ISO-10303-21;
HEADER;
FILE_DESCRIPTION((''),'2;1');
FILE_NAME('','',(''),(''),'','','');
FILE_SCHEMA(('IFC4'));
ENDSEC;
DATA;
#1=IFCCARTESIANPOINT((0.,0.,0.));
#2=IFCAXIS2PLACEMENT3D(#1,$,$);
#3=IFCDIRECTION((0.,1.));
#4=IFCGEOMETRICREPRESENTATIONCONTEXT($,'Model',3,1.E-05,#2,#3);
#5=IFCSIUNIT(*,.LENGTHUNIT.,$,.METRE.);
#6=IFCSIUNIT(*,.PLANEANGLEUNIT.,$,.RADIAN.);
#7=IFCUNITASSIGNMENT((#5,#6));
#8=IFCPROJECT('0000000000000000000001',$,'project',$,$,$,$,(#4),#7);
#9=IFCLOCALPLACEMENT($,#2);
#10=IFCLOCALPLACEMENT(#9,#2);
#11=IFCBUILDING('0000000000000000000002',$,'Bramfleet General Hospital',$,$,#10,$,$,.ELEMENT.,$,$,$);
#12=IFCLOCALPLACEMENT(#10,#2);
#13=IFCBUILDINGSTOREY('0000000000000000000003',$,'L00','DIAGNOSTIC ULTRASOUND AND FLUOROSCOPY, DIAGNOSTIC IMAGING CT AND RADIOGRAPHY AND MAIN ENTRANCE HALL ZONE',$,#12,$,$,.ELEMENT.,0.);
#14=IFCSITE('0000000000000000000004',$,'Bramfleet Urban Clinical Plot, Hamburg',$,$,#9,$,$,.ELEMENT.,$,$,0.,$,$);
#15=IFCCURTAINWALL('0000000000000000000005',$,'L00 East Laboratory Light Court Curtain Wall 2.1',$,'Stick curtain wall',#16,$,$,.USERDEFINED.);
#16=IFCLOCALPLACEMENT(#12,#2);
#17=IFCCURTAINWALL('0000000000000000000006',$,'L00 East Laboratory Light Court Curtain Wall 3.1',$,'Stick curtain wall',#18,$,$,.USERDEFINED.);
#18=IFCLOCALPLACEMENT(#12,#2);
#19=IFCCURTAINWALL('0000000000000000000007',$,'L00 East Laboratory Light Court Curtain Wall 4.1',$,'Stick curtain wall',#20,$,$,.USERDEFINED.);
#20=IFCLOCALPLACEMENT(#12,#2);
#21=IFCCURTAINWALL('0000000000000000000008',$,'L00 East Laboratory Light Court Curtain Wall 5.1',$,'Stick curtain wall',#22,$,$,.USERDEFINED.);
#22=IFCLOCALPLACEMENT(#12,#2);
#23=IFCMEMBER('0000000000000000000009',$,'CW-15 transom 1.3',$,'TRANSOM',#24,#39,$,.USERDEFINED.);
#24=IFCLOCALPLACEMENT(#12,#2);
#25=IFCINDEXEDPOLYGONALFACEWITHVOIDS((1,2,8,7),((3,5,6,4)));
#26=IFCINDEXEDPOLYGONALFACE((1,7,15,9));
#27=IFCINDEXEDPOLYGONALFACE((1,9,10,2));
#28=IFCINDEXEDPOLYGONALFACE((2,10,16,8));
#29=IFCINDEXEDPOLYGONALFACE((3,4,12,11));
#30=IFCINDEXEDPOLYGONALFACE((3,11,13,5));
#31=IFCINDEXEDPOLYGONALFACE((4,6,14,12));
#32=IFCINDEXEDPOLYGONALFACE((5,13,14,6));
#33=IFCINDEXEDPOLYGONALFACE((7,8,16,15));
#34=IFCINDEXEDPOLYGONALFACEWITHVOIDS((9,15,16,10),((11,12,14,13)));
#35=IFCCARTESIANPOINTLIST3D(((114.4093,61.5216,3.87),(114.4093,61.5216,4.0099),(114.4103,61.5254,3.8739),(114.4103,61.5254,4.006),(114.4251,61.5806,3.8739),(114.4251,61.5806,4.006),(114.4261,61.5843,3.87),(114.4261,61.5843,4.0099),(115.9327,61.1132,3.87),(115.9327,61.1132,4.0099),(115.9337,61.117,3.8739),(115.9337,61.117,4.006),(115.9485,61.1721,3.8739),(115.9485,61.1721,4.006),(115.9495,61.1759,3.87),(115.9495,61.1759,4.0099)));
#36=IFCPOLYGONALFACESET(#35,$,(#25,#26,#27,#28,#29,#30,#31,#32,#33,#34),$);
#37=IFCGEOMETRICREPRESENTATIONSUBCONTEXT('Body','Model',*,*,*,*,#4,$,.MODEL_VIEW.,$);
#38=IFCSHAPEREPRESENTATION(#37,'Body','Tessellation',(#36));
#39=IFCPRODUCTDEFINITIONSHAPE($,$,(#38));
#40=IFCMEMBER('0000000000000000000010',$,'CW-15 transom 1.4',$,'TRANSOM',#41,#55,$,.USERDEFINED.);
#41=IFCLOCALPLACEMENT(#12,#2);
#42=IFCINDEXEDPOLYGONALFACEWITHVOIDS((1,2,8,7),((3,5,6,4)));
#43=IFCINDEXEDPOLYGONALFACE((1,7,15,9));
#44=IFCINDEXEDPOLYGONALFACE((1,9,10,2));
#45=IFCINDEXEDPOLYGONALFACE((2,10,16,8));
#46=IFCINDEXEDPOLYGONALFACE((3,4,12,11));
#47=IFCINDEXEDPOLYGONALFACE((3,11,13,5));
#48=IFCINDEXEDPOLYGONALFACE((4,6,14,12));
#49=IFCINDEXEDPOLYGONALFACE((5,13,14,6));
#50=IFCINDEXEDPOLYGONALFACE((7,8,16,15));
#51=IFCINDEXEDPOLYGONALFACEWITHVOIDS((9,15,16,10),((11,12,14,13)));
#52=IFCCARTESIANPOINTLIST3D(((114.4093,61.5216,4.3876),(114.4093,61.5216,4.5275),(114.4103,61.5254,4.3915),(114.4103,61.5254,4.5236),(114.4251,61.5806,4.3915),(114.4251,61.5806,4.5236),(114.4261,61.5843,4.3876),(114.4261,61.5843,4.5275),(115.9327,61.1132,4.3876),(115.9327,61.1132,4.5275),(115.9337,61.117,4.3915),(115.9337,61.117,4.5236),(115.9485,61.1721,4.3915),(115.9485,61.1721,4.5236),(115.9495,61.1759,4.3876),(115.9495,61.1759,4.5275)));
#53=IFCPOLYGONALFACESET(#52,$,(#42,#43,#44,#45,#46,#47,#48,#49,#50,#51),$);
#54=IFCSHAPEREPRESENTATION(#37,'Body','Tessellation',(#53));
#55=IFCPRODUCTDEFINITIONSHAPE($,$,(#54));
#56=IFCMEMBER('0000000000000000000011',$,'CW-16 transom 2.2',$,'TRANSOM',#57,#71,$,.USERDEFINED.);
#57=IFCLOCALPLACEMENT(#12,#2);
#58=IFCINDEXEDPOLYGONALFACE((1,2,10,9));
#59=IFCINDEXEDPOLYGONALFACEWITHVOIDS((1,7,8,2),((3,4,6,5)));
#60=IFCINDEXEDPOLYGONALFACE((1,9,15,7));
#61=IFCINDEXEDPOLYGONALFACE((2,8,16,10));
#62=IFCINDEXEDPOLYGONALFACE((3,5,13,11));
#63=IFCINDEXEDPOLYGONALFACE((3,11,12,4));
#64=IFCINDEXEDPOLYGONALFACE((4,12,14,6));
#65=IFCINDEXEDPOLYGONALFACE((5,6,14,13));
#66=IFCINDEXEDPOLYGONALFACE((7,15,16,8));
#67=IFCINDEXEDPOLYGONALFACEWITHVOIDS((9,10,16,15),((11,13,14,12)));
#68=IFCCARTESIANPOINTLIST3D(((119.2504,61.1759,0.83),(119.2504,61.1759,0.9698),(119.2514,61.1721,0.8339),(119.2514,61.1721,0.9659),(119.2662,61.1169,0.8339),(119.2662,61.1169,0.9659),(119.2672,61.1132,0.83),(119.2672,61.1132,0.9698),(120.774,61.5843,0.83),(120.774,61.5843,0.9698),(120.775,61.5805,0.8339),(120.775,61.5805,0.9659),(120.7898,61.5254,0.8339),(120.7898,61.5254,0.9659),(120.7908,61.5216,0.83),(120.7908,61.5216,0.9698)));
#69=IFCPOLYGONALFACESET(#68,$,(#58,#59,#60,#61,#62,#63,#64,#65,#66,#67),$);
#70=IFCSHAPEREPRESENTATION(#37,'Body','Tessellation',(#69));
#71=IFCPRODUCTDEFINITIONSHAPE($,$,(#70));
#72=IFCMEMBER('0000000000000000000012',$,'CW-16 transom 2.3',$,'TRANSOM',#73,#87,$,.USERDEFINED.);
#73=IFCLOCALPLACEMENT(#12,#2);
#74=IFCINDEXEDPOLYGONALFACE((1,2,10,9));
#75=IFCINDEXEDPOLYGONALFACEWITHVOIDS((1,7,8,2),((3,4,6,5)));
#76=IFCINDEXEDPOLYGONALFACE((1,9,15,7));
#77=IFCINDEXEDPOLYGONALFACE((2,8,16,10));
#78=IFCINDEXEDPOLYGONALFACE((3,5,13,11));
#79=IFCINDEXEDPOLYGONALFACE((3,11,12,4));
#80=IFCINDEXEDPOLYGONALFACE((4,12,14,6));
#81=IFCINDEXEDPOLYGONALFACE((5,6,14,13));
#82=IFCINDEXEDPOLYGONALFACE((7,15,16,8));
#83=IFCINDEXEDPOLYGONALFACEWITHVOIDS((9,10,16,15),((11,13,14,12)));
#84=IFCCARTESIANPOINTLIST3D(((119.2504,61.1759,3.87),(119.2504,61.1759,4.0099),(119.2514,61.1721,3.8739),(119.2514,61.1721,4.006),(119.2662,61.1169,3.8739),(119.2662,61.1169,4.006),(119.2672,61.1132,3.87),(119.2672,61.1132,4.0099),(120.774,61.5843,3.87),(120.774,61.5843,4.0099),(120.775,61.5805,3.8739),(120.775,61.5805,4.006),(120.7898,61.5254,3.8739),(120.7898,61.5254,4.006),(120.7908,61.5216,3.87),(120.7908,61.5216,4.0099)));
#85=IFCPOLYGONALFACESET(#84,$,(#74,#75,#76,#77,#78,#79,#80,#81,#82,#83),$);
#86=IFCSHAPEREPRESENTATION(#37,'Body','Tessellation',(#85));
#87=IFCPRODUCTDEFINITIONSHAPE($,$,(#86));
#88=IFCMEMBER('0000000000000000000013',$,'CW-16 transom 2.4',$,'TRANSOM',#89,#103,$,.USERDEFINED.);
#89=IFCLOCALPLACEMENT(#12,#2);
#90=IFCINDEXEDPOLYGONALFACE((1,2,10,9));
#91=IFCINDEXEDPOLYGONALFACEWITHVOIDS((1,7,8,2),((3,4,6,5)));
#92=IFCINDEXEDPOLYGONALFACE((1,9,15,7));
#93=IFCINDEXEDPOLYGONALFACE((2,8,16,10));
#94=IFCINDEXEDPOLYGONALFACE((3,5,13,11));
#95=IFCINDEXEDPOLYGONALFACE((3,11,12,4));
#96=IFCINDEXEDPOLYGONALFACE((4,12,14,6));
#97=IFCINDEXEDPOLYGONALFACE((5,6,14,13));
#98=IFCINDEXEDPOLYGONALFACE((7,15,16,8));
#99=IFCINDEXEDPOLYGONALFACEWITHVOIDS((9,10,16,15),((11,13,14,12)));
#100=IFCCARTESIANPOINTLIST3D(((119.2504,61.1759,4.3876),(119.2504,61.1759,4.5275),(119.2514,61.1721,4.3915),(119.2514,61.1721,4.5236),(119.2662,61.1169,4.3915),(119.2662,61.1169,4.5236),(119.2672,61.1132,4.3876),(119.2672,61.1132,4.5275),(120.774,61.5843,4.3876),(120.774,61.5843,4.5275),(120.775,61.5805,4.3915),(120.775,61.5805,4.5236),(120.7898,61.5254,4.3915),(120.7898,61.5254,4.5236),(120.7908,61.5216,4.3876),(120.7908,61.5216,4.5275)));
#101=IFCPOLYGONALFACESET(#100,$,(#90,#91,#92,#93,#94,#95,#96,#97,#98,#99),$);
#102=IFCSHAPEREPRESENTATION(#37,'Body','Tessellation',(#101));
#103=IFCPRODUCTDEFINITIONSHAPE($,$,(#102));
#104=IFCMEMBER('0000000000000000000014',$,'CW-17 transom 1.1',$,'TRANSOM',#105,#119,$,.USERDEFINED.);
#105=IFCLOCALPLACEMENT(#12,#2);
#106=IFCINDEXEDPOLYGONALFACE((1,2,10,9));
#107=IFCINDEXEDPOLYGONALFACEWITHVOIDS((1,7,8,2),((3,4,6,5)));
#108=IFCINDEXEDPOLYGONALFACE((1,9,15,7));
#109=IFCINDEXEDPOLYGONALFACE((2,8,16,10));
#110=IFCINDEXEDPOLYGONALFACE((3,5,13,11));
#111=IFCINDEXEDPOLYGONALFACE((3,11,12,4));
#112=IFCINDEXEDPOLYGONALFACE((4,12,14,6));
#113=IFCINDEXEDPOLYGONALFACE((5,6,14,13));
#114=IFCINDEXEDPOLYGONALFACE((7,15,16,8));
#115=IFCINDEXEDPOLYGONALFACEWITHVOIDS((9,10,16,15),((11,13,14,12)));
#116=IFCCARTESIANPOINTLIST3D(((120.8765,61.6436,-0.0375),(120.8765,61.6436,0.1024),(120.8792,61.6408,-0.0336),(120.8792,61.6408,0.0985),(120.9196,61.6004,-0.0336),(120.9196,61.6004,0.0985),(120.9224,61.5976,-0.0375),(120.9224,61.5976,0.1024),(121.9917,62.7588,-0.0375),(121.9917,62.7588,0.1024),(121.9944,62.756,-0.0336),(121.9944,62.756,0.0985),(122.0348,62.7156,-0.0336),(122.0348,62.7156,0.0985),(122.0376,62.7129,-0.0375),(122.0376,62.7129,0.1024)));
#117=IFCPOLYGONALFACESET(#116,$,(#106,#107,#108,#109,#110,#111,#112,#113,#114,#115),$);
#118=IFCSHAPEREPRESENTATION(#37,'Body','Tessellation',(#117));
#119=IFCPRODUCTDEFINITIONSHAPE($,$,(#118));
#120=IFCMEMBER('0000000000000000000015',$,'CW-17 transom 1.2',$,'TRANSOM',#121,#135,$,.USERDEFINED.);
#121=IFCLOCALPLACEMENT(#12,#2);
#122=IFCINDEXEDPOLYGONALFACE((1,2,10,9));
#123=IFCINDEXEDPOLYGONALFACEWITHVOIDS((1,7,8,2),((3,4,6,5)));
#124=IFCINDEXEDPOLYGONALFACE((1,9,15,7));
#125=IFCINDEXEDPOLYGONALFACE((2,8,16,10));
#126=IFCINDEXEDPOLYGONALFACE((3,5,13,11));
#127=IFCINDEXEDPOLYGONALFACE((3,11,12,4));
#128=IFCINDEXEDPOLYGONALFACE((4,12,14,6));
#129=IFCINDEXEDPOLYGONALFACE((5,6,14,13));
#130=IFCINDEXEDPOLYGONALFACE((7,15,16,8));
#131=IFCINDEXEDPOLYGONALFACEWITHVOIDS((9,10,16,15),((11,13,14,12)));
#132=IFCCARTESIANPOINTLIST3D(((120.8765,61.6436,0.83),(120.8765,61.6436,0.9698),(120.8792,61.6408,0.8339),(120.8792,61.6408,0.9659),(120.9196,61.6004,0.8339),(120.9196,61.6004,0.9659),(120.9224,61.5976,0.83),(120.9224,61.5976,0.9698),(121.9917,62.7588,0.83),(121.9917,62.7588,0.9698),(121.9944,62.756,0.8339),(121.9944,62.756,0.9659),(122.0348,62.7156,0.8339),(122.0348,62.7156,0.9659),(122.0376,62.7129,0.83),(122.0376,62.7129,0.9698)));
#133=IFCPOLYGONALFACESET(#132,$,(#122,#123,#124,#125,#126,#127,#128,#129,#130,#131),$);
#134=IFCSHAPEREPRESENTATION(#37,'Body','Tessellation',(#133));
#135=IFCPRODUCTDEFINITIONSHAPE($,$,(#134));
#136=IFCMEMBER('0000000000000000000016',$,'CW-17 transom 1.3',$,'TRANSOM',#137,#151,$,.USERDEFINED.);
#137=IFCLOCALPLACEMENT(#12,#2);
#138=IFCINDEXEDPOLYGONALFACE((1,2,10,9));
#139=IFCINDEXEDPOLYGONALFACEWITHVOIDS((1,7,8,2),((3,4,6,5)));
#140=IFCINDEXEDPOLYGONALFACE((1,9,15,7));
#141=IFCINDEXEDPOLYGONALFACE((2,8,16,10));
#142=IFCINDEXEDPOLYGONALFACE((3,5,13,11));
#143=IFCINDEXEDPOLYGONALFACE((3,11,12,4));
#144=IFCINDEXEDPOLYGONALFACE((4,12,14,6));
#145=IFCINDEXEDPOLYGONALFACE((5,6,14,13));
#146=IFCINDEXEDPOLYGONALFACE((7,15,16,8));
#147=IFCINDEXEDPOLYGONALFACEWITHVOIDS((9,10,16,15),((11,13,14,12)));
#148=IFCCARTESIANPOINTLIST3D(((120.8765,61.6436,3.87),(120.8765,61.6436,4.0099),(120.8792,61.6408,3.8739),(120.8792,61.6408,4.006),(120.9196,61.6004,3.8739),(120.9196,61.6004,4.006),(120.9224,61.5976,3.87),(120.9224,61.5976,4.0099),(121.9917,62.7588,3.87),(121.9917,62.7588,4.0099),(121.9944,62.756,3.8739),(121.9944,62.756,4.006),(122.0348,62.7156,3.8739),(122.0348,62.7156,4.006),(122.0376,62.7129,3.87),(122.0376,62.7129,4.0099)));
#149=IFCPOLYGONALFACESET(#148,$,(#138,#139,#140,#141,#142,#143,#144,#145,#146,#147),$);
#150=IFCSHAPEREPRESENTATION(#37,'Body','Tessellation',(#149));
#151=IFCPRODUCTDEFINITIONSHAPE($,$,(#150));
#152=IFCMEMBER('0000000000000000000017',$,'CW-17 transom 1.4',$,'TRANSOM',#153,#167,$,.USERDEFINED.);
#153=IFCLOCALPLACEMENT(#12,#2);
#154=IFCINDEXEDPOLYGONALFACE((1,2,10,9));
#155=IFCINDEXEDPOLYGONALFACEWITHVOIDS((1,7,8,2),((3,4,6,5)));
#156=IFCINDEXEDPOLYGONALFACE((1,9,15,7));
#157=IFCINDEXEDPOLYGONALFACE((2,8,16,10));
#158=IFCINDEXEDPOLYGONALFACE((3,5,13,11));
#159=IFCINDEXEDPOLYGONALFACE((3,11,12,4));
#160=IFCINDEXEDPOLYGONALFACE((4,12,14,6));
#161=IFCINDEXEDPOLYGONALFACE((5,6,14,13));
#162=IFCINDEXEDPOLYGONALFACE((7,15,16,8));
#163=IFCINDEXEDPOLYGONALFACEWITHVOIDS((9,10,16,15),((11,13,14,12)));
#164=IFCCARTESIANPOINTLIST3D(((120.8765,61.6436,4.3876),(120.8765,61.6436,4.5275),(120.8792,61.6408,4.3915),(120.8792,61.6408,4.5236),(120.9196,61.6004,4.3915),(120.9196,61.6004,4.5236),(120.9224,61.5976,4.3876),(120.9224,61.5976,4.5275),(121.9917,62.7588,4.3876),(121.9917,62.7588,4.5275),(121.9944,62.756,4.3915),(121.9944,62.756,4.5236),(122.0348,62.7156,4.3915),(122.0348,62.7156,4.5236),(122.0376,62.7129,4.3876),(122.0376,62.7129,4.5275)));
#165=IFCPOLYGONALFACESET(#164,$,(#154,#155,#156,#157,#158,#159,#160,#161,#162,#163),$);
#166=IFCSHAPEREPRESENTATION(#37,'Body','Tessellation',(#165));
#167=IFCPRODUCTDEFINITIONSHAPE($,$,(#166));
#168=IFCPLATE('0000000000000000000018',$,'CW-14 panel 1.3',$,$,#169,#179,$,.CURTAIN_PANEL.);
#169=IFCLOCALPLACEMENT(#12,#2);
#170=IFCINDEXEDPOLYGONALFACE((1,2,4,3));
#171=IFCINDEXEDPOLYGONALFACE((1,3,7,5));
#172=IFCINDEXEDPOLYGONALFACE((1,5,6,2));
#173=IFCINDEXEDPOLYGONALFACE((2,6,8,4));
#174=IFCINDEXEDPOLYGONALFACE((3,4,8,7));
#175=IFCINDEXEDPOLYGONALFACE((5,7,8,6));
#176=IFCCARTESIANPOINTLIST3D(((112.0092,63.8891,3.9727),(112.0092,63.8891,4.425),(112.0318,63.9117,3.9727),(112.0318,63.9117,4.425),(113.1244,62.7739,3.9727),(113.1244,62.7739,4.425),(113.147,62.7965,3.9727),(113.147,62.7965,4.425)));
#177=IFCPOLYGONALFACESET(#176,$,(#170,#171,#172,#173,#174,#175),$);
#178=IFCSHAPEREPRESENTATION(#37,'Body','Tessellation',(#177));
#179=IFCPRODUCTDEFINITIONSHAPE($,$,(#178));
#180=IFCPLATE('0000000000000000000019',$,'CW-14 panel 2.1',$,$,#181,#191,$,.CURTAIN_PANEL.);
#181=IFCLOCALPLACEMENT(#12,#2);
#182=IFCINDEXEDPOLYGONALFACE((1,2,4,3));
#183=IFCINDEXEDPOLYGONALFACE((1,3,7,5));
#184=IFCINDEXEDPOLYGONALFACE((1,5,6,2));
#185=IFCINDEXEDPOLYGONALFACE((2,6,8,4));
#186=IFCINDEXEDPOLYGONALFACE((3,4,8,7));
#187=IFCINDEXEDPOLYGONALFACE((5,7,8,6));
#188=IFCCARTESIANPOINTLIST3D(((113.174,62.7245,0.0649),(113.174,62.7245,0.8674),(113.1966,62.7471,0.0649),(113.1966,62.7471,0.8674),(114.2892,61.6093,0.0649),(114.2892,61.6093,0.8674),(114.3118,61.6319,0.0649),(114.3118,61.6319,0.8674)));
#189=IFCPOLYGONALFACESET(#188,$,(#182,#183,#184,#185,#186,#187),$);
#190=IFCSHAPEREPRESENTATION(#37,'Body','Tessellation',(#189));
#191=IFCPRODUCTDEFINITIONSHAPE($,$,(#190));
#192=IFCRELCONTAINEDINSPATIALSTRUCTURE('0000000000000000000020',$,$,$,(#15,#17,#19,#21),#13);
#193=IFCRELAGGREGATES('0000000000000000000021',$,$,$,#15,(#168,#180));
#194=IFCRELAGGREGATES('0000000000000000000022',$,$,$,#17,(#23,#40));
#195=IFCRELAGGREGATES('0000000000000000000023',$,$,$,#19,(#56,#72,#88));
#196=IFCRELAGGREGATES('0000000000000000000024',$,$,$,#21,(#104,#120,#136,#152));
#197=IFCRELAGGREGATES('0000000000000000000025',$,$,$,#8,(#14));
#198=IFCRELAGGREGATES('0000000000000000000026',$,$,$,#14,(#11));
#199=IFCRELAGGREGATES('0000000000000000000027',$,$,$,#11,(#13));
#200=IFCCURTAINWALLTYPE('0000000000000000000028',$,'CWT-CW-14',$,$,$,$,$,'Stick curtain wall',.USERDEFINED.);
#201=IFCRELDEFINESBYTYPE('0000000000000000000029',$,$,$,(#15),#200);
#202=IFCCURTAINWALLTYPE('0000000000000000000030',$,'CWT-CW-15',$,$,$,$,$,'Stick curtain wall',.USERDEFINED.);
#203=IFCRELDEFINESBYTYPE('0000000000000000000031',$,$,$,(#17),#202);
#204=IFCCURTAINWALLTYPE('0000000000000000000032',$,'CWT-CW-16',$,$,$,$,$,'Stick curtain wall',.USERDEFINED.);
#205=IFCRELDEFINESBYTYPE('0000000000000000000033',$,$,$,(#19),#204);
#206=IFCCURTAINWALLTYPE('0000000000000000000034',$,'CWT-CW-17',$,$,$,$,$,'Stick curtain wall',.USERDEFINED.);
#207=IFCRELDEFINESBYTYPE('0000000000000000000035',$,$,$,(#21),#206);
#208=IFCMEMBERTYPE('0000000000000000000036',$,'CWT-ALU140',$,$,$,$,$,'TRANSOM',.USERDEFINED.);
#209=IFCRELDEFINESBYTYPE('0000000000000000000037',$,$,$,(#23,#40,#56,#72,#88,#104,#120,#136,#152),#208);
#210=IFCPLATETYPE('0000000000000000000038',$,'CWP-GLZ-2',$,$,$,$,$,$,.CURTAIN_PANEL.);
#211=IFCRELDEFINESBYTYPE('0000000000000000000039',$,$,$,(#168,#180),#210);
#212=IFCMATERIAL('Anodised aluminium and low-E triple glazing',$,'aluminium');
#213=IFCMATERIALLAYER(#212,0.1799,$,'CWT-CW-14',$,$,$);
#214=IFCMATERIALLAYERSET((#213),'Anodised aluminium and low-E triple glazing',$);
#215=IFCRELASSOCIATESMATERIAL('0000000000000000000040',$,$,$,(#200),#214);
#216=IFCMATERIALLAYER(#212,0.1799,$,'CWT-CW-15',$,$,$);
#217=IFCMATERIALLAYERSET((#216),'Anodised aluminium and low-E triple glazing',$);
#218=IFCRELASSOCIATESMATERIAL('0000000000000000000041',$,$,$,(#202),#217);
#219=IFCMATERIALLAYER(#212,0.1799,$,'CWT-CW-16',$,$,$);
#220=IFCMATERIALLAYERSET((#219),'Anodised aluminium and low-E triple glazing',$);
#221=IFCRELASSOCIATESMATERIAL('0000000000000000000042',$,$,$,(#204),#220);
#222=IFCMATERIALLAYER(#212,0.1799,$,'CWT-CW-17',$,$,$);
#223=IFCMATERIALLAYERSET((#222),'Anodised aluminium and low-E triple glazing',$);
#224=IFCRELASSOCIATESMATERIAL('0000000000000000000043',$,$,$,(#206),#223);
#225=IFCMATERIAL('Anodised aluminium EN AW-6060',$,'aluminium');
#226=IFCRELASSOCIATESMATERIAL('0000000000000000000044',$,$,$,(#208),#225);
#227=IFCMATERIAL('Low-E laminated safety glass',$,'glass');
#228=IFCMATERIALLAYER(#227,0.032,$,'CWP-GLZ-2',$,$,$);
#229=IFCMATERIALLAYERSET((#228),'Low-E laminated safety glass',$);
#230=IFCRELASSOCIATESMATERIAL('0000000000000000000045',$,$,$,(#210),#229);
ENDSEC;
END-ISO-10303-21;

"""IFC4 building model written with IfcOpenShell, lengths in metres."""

from ifc_helpers import new_model, si_unit, direction, frame, origin, origin_2d, place, context, subcontext, project, spatial, rectangle, hollow_rectangle, extrude, material, layer, layer_set, material_profile, profile_set, type_object, element, aggregate, save


model = new_model("IFC4")

# Units and contexts
model_context = context("Model", 3, precision=1e-05, world=origin(), true_north=direction((0.0, 1.0)))
body_context = subcontext(model_context, "Body", "Model", "MODEL_VIEW")
ifc_project = project(units=[si_unit("LENGTHUNIT", "METRE"), si_unit("PLANEANGLEUNIT", "RADIAN")], contexts=[model_context])

# Site, building, storey
site_placement = place(None, origin())
site = spatial("IfcSite", under=ifc_project, at=site_placement, Name="Bramfleet Urban Clinical Plot, Hamburg", CompositionType="ELEMENT", RefElevation=0.0)
building_placement = place(site_placement, origin())
building = spatial("IfcBuilding", under=site, at=building_placement, Name="Bramfleet General Hospital", CompositionType="ELEMENT")
storey_placement = place(building_placement, origin())
storey = spatial("IfcBuildingStorey", under=building, at=storey_placement, Name="L00", Description="DIAGNOSTIC ULTRASOUND AND FLUOROSCOPY, DIAGNOSTIC IMAGING CT AND RADIOGRAPHY AND MAIN ENTRANCE HALL ZONE", CompositionType="ELEMENT", Elevation=0.0)

# Curtain wall
ifc_material_1 = material(Name="Anodised aluminium and low-E triple glazing", Category="aluminium")
ifc_layer_1 = layer(ifc_material_1, 0.1799, Name="CWT-CW-14")
ifc_layer_set_1 = layer_set([ifc_layer_1], Name="Anodised aluminium and low-E triple glazing")
curtain_wall_type_1 = type_object("IfcCurtainWallType", Name="CWT-CW-14", ElementType="Stick curtain wall", PredefinedType="USERDEFINED", material=ifc_layer_set_1)
curtain_wall_1_placement = place(storey_placement, origin())
curtain_wall_1 = element("IfcCurtainWall", 1, at=curtain_wall_1_placement, inside=storey, type_object=curtain_wall_type_1, Name="L00 East Laboratory Light Court Curtain Wall 2.1", ObjectType="Stick curtain wall", PredefinedType="USERDEFINED")
ifc_material_2 = material(Name="Anodised aluminium EN AW-6060", Category="aluminium")

# Curtain walls
ifc_layer_2 = layer(ifc_material_1, 0.1799, Name="CWT-CW-15")
ifc_layer_set_2 = layer_set([ifc_layer_2], Name="Anodised aluminium and low-E triple glazing")
curtain_wall_type_2 = type_object("IfcCurtainWallType", Name="CWT-CW-15", ElementType="Stick curtain wall", PredefinedType="USERDEFINED", material=ifc_layer_set_2)
curtain_wall_2_placement = place(storey_placement, origin())
curtain_wall_2 = element("IfcCurtainWall", 2, at=curtain_wall_2_placement, inside=storey, type_object=curtain_wall_type_2, Name="L00 East Laboratory Light Court Curtain Wall 3.1", ObjectType="Stick curtain wall", PredefinedType="USERDEFINED")
ifc_layer_3 = layer(ifc_material_1, 0.1799, Name="CWT-CW-16")
ifc_layer_set_3 = layer_set([ifc_layer_3], Name="Anodised aluminium and low-E triple glazing")
curtain_wall_type_3 = type_object("IfcCurtainWallType", Name="CWT-CW-16", ElementType="Stick curtain wall", PredefinedType="USERDEFINED", material=ifc_layer_set_3)
curtain_wall_3_placement = place(storey_placement, origin())
curtain_wall_3 = element("IfcCurtainWall", 3, at=curtain_wall_3_placement, inside=storey, type_object=curtain_wall_type_3, Name="L00 East Laboratory Light Court Curtain Wall 4.1", ObjectType="Stick curtain wall", PredefinedType="USERDEFINED")
ifc_layer_4 = layer(ifc_material_1, 0.1799, Name="CWT-CW-17")
ifc_layer_set_4 = layer_set([ifc_layer_4], Name="Anodised aluminium and low-E triple glazing")
curtain_wall_type_4 = type_object("IfcCurtainWallType", Name="CWT-CW-17", ElementType="Stick curtain wall", PredefinedType="USERDEFINED", material=ifc_layer_set_4)
curtain_wall_4_placement = place(storey_placement, origin())
curtain_wall_4 = element("IfcCurtainWall", 4, at=curtain_wall_4_placement, inside=storey, type_object=curtain_wall_type_4, Name="L00 East Laboratory Light Court Curtain Wall 5.1", ObjectType="Stick curtain wall", PredefinedType="USERDEFINED")

# Members
ifc_material_profile_1 = material_profile(ifc_material_2, hollow_rectangle(XDim=0.0649, YDim=0.1399, WallThickness=0.0039, at=origin_2d()), Name="ALU 140x65x4.0")
ifc_profile_set_1 = profile_set([ifc_material_profile_1], Name="Anodised aluminium EN AW-6060")
member_type_1 = type_object("IfcMemberType", Name="CWT-ALU140", ElementType="TRANSOM", PredefinedType="USERDEFINED", material=ifc_profile_set_1)
member_1_placement = place(storey_placement, frame((114.4177, 61.553, 3.9399), z_axis=(0.965887, -0.258963, 0.0), x_axis=(0.258963, 0.965887, 0.0)))
member_1 = element("IfcMember", 5, at=member_1_placement, type_object=member_type_1, Name="CW-15 transom 1.3", ObjectType="TRANSOM", PredefinedType="USERDEFINED", context=body_context, shape_type="SweptSolid", body=[
    extrude(hollow_rectangle(XDim=0.0649, YDim=0.1399, WallThickness=0.0039, at=origin_2d()), origin(), (0.0, 0.0, 1.0), 1.5771),
])
member_2_placement = place(storey_placement, frame((114.4177, 61.553, 4.4575), z_axis=(0.965887, -0.258963, 0.0), x_axis=(0.258963, 0.965887, 0.0)))
member_2 = element("IfcMember", 6, at=member_2_placement, type_object=member_type_1, Name="CW-15 transom 1.4", ObjectType="TRANSOM", PredefinedType="USERDEFINED", context=body_context, shape_type="SweptSolid", body=[
    extrude(hollow_rectangle(XDim=0.0649, YDim=0.1399, WallThickness=0.0039, at=origin_2d()), origin(), (0.0, 0.0, 1.0), 1.5771),
])
member_3_placement = place(storey_placement, frame((119.2588, 61.1445, 0.8999), z_axis=(0.965898, 0.258924, 0.0), x_axis=(-0.258924, 0.965898, 0.0)))
member_3 = element("IfcMember", 7, at=member_3_placement, type_object=member_type_1, Name="CW-16 transom 2.2", ObjectType="TRANSOM", PredefinedType="USERDEFINED", context=body_context, shape_type="SweptSolid", body=[
    extrude(hollow_rectangle(XDim=0.0649, YDim=0.1399, WallThickness=0.0039, at=origin_2d()), origin(), (0.0, 0.0, 1.0), 1.5774),
])
member_4_placement = place(storey_placement, frame((119.2588, 61.1445, 3.9399), z_axis=(0.965898, 0.258924, 0.0), x_axis=(-0.258924, 0.965898, 0.0)))
member_4 = element("IfcMember", 8, at=member_4_placement, type_object=member_type_1, Name="CW-16 transom 2.3", ObjectType="TRANSOM", PredefinedType="USERDEFINED", context=body_context, shape_type="SweptSolid", body=[
    extrude(hollow_rectangle(XDim=0.0649, YDim=0.1399, WallThickness=0.0039, at=origin_2d()), origin(), (0.0, 0.0, 1.0), 1.5774),
])
member_5_placement = place(storey_placement, frame((119.2588, 61.1445, 4.4575), z_axis=(0.965898, 0.258924, 0.0), x_axis=(-0.258924, 0.965898, 0.0)))
member_5 = element("IfcMember", 9, at=member_5_placement, type_object=member_type_1, Name="CW-16 transom 2.4", ObjectType="TRANSOM", PredefinedType="USERDEFINED", context=body_context, shape_type="SweptSolid", body=[
    extrude(hollow_rectangle(XDim=0.0649, YDim=0.1399, WallThickness=0.0039, at=origin_2d()), origin(), (0.0, 0.0, 1.0), 1.5774),
])
member_6_placement = place(storey_placement, frame((120.8994, 61.6206, 0.0325), z_axis=(0.707107, 0.707107, 0.0), x_axis=(-0.707107, 0.707107, 0.0)))
member_6 = element("IfcMember", 10, at=member_6_placement, type_object=member_type_1, Name="CW-17 transom 1.1", ObjectType="TRANSOM", PredefinedType="USERDEFINED", context=body_context, shape_type="SweptSolid", body=[
    extrude(hollow_rectangle(XDim=0.0649, YDim=0.1399, WallThickness=0.0039, at=origin_2d()), origin(), (0.0, 0.0, 1.0), 1.5771),
])
member_7_placement = place(storey_placement, frame((120.8994, 61.6206, 0.8999), z_axis=(0.707107, 0.707107, 0.0), x_axis=(-0.707107, 0.707107, 0.0)))
member_7 = element("IfcMember", 11, at=member_7_placement, type_object=member_type_1, Name="CW-17 transom 1.2", ObjectType="TRANSOM", PredefinedType="USERDEFINED", context=body_context, shape_type="SweptSolid", body=[
    extrude(hollow_rectangle(XDim=0.0649, YDim=0.1399, WallThickness=0.0039, at=origin_2d()), origin(), (0.0, 0.0, 1.0), 1.5771),
])
member_8_placement = place(storey_placement, frame((120.8994, 61.6206, 3.9399), z_axis=(0.707107, 0.707107, 0.0), x_axis=(-0.707107, 0.707107, 0.0)))
member_8 = element("IfcMember", 12, at=member_8_placement, type_object=member_type_1, Name="CW-17 transom 1.3", ObjectType="TRANSOM", PredefinedType="USERDEFINED", context=body_context, shape_type="SweptSolid", body=[
    extrude(hollow_rectangle(XDim=0.0649, YDim=0.1399, WallThickness=0.0039, at=origin_2d()), origin(), (0.0, 0.0, 1.0), 1.5771),
])
member_9_placement = place(storey_placement, frame((120.8994, 61.6206, 4.4575), z_axis=(0.707107, 0.707107, 0.0), x_axis=(-0.707107, 0.707107, 0.0)))
member_9 = element("IfcMember", 13, at=member_9_placement, type_object=member_type_1, Name="CW-17 transom 1.4", ObjectType="TRANSOM", PredefinedType="USERDEFINED", context=body_context, shape_type="SweptSolid", body=[
    extrude(hollow_rectangle(XDim=0.0649, YDim=0.1399, WallThickness=0.0039, at=origin_2d()), origin(), (0.0, 0.0, 1.0), 1.5771),
])

# Plates
ifc_material_3 = material(Name="Low-E laminated safety glass", Category="glass")
ifc_layer_5 = layer(ifc_material_3, 0.032, Name="CWP-GLZ-2")
ifc_layer_set_5 = layer_set([ifc_layer_5], Name="Low-E laminated safety glass")
plate_type = type_object("IfcPlateType", Name="CWP-GLZ-2", PredefinedType="CURTAIN_PANEL", material=ifc_layer_set_5)
plate_1_placement = place(storey_placement, frame((112.5781, 63.3428, 3.9727), z_axis=(0.0, 0.0, 1.0), x_axis=(0.707107, -0.707107, 0.0)))
plate_1 = element("IfcPlate", 14, at=plate_1_placement, type_object=plate_type, Name="CW-14 panel 1.3", PredefinedType="CURTAIN_PANEL", context=body_context, shape_type="SweptSolid", body=[
    extrude(rectangle(XDim=1.5771, YDim=0.032, at=origin_2d()), origin(), (0.0, 0.0, 1.0), 0.4524),
])
plate_2_placement = place(storey_placement, frame((113.7429, 62.1782, 0.0649), z_axis=(0.0, 0.0, 1.0), x_axis=(0.707107, -0.707107, 0.0)))
plate_2 = element("IfcPlate", 15, at=plate_2_placement, type_object=plate_type, Name="CW-14 panel 2.1", PredefinedType="CURTAIN_PANEL", context=body_context, shape_type="SweptSolid", body=[
    extrude(rectangle(XDim=1.5771, YDim=0.032, at=origin_2d()), origin(), (0.0, 0.0, 1.0), 0.8025),
])
aggregate(curtain_wall_1, [plate_1, plate_2])
aggregate(curtain_wall_2, [member_1, member_2])
aggregate(curtain_wall_3, [member_3, member_4, member_5])
aggregate(curtain_wall_4, [member_6, member_7, member_8, member_9])

save(model, "model.ifc")
